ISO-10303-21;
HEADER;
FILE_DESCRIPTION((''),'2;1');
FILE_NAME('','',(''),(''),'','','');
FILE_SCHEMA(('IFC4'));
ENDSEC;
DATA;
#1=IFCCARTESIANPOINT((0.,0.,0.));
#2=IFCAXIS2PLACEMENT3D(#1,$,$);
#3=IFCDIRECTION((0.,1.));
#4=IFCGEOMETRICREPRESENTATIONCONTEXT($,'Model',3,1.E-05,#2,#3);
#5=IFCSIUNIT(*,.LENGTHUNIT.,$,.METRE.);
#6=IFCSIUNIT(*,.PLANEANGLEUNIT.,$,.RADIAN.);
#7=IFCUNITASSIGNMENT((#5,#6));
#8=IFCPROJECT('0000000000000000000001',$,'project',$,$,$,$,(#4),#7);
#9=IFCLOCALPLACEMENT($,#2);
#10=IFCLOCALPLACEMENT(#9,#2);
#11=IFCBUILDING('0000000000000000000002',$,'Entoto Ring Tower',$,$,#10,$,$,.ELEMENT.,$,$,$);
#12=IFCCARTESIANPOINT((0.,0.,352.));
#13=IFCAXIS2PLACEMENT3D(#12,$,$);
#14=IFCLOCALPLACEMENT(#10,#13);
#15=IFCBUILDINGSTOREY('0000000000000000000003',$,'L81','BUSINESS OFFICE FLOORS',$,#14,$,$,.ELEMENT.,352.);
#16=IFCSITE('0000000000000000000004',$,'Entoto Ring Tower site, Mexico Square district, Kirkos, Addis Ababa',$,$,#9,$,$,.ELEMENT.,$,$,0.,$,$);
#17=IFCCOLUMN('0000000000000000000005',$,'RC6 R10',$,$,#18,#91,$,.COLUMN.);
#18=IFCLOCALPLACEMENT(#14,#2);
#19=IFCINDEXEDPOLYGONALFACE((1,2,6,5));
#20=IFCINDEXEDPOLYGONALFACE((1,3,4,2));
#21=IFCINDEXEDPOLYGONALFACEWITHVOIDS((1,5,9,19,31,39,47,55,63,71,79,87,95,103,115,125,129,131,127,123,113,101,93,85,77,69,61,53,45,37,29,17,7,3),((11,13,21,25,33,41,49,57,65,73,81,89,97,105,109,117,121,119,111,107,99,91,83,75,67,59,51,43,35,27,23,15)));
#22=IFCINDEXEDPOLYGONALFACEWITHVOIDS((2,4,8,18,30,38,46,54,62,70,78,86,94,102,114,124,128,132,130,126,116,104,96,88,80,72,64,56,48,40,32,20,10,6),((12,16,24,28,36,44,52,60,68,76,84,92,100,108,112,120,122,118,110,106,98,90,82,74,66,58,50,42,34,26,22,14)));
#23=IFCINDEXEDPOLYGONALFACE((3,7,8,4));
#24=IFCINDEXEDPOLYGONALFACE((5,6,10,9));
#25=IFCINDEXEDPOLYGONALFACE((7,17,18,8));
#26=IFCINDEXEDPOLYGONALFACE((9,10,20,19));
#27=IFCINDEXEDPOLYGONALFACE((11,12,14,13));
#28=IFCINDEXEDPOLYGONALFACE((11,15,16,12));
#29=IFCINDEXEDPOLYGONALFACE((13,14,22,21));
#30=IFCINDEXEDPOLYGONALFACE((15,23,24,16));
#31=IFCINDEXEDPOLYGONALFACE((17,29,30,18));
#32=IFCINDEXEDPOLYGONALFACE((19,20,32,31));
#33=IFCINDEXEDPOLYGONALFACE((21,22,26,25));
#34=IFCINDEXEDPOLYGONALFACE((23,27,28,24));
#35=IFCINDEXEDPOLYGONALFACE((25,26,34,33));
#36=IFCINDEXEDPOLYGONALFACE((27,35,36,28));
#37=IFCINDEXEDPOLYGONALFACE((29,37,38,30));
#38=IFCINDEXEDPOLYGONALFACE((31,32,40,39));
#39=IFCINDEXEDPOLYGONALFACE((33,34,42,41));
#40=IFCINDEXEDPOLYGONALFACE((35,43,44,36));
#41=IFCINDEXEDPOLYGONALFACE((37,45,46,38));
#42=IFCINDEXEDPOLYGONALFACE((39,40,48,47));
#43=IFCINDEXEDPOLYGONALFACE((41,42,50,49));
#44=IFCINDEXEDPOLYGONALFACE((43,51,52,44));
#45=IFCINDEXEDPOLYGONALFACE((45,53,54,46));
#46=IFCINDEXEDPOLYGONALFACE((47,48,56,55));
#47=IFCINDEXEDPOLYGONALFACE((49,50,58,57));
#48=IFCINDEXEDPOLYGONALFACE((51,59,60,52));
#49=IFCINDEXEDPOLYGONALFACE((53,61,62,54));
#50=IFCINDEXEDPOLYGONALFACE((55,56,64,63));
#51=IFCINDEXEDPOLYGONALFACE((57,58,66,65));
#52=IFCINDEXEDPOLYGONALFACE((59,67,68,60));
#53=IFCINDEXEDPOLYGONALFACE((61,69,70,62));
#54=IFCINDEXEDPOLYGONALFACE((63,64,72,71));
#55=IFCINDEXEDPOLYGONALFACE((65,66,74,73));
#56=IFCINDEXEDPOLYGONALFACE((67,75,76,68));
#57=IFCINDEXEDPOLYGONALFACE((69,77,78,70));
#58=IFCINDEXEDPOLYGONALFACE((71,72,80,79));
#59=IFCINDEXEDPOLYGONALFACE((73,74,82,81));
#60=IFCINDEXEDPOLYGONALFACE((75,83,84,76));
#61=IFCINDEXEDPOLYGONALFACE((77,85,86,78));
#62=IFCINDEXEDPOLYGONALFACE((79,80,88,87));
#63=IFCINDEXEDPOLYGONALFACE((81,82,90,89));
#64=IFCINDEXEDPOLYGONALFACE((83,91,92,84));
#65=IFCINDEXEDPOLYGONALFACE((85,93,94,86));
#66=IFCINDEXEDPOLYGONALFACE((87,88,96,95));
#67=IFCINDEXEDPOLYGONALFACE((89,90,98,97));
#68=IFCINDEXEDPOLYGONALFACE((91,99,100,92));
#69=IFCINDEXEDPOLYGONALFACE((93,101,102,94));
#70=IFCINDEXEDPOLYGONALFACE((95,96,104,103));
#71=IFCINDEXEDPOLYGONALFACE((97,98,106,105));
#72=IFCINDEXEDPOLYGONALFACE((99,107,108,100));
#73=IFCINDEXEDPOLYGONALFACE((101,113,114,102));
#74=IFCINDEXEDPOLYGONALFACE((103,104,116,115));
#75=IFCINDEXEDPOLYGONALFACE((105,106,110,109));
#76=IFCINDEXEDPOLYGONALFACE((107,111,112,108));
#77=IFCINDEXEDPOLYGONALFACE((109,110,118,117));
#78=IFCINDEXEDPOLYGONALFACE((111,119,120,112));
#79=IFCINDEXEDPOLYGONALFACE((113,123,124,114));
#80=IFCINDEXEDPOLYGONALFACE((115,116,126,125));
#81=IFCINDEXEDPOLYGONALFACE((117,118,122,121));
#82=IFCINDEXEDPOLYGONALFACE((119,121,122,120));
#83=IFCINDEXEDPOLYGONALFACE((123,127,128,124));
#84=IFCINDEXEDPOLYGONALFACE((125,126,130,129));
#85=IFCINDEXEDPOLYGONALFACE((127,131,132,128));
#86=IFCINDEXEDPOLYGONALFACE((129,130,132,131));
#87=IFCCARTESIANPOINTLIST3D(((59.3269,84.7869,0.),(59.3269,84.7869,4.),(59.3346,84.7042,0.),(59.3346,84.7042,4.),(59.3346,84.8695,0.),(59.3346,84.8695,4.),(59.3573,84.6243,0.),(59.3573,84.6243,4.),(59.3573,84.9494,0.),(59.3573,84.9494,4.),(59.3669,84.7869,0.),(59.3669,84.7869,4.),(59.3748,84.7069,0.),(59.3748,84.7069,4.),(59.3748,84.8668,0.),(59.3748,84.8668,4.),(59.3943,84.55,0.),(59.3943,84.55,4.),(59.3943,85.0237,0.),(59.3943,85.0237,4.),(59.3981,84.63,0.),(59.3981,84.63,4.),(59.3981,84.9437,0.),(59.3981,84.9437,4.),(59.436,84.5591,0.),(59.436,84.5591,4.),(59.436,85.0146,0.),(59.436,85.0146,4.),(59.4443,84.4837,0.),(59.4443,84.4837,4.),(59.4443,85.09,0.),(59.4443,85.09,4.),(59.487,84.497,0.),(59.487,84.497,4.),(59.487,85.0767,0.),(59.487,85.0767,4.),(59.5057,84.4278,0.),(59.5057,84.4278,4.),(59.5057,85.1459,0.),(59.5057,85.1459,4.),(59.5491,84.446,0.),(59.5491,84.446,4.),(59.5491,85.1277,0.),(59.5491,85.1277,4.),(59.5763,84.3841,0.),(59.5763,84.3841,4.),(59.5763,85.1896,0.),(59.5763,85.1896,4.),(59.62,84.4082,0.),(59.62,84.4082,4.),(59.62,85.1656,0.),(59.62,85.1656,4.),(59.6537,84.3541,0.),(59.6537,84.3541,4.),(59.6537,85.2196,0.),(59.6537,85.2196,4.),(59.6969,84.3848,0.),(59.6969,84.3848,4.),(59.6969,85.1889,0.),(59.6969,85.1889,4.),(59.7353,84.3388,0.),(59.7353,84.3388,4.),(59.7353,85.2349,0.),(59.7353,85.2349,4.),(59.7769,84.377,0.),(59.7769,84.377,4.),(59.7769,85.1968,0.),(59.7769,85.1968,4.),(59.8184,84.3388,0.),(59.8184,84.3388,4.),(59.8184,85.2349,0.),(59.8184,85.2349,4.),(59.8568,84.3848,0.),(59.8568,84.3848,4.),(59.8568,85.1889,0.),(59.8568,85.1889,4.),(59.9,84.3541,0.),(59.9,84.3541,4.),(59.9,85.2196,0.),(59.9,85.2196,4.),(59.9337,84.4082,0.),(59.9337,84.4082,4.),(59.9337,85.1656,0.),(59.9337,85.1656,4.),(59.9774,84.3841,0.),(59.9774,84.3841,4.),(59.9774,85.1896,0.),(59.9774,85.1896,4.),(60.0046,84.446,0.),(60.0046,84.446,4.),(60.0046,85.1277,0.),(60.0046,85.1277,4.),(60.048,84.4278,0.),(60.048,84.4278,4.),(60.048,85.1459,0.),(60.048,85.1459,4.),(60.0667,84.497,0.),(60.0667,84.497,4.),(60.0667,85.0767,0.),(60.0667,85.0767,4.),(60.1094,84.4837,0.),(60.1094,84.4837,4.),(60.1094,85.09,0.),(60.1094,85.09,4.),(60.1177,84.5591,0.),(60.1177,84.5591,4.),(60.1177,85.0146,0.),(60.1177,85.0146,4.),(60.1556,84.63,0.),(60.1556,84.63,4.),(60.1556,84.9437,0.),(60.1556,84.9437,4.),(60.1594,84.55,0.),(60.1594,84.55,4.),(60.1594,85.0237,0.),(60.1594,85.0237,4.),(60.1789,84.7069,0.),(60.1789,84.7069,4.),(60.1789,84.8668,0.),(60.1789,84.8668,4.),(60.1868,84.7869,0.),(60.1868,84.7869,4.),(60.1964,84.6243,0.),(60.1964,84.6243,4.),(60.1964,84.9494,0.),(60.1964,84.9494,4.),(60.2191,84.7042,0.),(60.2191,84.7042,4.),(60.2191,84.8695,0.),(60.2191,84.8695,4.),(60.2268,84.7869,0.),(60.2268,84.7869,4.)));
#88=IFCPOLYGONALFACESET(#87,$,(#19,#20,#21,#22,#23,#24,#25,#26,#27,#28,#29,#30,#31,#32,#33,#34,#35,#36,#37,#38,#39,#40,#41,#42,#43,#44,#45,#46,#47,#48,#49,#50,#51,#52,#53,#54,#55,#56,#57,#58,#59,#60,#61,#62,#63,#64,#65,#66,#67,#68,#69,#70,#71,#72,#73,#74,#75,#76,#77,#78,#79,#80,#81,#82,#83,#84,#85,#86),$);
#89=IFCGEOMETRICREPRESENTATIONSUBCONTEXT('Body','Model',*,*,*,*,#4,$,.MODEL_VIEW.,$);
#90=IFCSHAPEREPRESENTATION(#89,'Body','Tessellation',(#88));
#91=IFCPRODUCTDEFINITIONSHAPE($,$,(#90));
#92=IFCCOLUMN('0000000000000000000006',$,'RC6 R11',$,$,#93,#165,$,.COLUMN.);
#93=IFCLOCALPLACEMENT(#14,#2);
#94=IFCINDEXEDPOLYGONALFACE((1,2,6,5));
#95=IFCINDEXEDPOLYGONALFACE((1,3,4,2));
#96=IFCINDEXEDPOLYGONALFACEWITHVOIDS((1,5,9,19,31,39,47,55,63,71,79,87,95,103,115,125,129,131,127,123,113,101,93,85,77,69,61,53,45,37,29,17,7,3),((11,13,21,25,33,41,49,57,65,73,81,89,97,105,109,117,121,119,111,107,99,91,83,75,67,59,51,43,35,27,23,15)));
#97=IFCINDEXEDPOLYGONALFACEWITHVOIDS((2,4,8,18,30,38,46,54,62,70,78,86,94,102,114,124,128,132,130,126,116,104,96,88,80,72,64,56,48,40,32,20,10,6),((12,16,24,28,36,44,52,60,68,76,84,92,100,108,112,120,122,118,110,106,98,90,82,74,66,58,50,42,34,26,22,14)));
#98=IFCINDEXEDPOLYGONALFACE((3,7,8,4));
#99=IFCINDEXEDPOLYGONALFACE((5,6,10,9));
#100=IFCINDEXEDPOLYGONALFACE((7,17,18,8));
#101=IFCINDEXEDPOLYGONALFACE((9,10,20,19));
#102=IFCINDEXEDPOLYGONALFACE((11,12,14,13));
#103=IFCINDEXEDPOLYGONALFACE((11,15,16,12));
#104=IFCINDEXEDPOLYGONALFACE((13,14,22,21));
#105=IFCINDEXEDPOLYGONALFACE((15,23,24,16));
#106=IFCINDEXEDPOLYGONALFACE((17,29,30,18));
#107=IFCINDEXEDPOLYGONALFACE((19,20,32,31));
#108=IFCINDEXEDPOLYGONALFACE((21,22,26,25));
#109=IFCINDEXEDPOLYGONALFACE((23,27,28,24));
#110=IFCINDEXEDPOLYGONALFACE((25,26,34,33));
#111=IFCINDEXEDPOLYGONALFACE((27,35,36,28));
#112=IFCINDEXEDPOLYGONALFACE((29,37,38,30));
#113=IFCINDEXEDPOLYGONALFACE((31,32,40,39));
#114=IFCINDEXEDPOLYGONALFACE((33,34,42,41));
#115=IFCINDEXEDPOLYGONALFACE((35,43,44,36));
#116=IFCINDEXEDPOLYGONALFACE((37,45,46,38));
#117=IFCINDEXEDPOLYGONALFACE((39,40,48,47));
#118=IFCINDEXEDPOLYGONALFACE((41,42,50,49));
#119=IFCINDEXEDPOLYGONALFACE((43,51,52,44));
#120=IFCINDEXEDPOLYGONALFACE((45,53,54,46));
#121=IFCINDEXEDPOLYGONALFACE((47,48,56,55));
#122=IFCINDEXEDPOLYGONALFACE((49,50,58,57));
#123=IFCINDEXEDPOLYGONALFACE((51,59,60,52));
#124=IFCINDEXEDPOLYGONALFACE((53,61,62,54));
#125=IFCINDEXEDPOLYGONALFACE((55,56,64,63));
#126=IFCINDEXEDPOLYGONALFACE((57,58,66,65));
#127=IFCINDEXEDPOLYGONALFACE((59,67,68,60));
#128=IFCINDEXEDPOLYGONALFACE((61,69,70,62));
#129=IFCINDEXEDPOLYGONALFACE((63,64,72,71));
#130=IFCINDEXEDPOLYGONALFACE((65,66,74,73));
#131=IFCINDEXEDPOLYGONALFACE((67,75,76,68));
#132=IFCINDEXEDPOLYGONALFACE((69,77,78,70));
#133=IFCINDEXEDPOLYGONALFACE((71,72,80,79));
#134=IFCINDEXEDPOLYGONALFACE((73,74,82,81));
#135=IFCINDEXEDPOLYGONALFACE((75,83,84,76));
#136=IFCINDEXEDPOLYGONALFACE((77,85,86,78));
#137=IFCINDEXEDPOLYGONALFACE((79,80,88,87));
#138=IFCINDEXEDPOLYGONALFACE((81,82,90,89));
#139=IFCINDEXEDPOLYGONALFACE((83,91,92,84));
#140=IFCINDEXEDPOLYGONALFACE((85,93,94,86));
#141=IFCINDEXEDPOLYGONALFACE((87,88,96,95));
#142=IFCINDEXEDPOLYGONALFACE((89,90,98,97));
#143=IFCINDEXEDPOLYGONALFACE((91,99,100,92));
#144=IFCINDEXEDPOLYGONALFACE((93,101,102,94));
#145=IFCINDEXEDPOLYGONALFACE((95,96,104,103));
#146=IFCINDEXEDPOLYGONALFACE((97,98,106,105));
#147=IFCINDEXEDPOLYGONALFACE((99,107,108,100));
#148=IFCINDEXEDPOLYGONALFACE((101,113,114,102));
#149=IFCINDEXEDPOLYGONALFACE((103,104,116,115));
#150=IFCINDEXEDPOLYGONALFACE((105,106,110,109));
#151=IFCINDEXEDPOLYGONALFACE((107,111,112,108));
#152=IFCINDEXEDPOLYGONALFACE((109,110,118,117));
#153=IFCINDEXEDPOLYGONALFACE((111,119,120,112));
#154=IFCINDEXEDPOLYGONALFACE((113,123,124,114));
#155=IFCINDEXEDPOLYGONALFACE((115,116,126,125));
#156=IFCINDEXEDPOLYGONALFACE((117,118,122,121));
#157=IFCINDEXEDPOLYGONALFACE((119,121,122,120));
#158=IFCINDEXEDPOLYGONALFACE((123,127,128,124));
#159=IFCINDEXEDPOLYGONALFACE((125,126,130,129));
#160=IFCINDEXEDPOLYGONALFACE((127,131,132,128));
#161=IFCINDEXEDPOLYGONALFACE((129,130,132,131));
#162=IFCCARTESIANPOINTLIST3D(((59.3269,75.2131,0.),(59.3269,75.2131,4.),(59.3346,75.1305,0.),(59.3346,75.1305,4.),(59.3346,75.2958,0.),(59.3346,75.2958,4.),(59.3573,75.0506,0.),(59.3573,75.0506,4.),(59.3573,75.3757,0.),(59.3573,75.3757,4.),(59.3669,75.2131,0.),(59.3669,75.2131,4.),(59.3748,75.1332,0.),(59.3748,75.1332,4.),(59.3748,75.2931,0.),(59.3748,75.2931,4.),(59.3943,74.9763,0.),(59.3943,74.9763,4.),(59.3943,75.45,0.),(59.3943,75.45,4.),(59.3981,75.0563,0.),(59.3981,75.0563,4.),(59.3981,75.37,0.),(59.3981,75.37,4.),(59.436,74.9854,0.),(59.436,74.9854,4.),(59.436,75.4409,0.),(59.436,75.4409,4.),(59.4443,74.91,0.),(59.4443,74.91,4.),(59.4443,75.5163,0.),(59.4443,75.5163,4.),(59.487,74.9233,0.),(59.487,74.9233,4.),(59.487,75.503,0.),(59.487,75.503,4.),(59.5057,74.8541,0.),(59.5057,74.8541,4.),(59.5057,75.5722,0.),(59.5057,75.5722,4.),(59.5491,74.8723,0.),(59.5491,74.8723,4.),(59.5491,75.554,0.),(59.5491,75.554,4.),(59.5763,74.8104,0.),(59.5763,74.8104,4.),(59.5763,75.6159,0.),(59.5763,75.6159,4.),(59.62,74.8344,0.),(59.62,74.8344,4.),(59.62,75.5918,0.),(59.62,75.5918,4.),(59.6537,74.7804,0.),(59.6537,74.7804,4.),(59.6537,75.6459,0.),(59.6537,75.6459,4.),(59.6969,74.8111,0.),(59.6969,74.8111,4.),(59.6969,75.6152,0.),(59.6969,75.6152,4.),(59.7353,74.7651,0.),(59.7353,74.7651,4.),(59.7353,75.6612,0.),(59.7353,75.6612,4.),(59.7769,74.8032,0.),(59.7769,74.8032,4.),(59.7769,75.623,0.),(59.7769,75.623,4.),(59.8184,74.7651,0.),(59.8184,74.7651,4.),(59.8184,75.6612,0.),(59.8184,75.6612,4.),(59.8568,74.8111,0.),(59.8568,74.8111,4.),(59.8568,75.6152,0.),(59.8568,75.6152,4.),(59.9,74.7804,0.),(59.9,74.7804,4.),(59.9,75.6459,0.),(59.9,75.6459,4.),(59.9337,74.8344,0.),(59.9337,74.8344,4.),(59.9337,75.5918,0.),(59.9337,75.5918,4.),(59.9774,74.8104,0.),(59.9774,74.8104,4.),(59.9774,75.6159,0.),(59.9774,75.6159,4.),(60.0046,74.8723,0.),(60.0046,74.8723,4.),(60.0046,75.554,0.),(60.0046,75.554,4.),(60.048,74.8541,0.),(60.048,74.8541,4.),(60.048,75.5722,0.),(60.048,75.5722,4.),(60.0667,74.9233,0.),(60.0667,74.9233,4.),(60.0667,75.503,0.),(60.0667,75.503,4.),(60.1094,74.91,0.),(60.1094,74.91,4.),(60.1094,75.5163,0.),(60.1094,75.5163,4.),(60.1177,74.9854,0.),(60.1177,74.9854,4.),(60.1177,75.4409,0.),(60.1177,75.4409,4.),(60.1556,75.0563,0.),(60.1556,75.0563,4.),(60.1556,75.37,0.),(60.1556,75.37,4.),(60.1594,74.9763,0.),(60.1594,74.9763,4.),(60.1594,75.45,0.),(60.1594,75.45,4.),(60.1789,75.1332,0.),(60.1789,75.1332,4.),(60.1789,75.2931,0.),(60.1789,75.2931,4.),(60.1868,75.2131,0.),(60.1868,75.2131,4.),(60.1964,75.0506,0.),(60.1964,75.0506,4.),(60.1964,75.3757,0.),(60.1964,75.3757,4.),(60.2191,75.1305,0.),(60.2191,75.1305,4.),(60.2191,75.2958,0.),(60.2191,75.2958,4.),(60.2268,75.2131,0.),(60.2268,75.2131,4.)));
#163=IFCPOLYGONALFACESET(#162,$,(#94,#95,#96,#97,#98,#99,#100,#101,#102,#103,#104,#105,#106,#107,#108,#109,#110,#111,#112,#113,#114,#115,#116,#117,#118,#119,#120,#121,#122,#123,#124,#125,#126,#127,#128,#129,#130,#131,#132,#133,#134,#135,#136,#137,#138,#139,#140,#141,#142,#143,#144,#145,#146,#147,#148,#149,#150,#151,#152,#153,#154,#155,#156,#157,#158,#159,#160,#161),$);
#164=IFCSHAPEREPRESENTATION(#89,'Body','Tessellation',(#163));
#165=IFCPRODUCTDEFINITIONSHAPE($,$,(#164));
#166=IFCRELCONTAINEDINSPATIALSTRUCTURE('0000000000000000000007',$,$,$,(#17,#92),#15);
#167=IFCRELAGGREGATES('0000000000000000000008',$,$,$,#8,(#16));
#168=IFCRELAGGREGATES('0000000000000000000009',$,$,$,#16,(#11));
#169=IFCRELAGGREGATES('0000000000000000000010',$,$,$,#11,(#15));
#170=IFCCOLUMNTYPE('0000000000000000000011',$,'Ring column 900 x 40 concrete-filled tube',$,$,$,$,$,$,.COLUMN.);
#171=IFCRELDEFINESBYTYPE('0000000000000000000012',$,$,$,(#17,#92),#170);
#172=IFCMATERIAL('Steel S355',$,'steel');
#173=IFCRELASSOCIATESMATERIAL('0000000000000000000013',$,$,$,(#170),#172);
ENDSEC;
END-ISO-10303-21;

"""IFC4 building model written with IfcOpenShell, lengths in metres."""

from ifc_helpers import new_model, si_unit, direction, frame, origin, origin_2d, place, context, subcontext, project, spatial, circle, hollow_circle, extrude, material, material_profile, profile_set, type_object, element, save


model = new_model("IFC4")

# Units and contexts
model_context = context("Model", 3, precision=1e-05, world=origin(), true_north=direction((0.0, 1.0)))
body_context = subcontext(model_context, "Body", "Model", "MODEL_VIEW")
ifc_project = project(units=[si_unit("LENGTHUNIT", "METRE"), si_unit("PLANEANGLEUNIT", "RADIAN")], contexts=[model_context])

# Site, building, storey
site_placement = place(None, origin())
site = spatial("IfcSite", under=ifc_project, at=site_placement, Name="Entoto Ring Tower site, Mexico Square district, Kirkos, Addis Ababa", CompositionType="ELEMENT", RefElevation=0.0)
building_placement = place(site_placement, origin())
building = spatial("IfcBuilding", under=site, at=building_placement, Name="Entoto Ring Tower", CompositionType="ELEMENT")
storey_placement = place(building_placement, frame((0.0, 0.0, 352.0)))
storey = spatial("IfcBuildingStorey", under=building, at=storey_placement, Name="L81", Description="BUSINESS OFFICE FLOORS", CompositionType="ELEMENT", Elevation=352.0)

# Columns
ifc_material_1 = material(Name="Steel S355", Category="steel")
ifc_material_profile_1 = material_profile(ifc_material_1, hollow_circle(Radius=0.45, WallThickness=0.04, at=origin_2d()), Name="CHS 900 x 40")
ifc_material_2 = material(Name="Concrete C60/75", Category="concrete")
ifc_material_profile_2 = material_profile(ifc_material_2, circle(Radius=0.4099, at=origin_2d()), Name="Concrete C60/75 infill")
ifc_profile_set_1 = profile_set([ifc_material_profile_1, ifc_material_profile_2], Name="Steel S355")
column_type = type_object("IfcColumnType", Name="Ring column 900 x 40 concrete-filled tube", PredefinedType="COLUMN", material=ifc_profile_set_1)
for number, where, z_axis, x_axis, name in (
    (1, (59.7769, 84.7869, 0.0), (0.0, 0.0, 1.0), (1.0, 0.0, 0.0), "RC6 R10"),
    (2, (59.7769, 75.2131, 0.0), (0.0, 0.0, 1.0), (1.0, 0.0, 0.0), "RC6 R11"),
):
    element("IfcColumn", number, at=place(storey_placement, frame(where, z_axis=z_axis, x_axis=x_axis)), inside=storey, type_object=column_type, Name=name, PredefinedType="COLUMN", context=body_context, shape_type="SweptSolid", body=[
        extrude(hollow_circle(Radius=0.45, WallThickness=0.04, at=origin_2d()), origin(), (0.0, 0.0, 1.0), 4.0),
    ])

save(model, "model.ifc")
